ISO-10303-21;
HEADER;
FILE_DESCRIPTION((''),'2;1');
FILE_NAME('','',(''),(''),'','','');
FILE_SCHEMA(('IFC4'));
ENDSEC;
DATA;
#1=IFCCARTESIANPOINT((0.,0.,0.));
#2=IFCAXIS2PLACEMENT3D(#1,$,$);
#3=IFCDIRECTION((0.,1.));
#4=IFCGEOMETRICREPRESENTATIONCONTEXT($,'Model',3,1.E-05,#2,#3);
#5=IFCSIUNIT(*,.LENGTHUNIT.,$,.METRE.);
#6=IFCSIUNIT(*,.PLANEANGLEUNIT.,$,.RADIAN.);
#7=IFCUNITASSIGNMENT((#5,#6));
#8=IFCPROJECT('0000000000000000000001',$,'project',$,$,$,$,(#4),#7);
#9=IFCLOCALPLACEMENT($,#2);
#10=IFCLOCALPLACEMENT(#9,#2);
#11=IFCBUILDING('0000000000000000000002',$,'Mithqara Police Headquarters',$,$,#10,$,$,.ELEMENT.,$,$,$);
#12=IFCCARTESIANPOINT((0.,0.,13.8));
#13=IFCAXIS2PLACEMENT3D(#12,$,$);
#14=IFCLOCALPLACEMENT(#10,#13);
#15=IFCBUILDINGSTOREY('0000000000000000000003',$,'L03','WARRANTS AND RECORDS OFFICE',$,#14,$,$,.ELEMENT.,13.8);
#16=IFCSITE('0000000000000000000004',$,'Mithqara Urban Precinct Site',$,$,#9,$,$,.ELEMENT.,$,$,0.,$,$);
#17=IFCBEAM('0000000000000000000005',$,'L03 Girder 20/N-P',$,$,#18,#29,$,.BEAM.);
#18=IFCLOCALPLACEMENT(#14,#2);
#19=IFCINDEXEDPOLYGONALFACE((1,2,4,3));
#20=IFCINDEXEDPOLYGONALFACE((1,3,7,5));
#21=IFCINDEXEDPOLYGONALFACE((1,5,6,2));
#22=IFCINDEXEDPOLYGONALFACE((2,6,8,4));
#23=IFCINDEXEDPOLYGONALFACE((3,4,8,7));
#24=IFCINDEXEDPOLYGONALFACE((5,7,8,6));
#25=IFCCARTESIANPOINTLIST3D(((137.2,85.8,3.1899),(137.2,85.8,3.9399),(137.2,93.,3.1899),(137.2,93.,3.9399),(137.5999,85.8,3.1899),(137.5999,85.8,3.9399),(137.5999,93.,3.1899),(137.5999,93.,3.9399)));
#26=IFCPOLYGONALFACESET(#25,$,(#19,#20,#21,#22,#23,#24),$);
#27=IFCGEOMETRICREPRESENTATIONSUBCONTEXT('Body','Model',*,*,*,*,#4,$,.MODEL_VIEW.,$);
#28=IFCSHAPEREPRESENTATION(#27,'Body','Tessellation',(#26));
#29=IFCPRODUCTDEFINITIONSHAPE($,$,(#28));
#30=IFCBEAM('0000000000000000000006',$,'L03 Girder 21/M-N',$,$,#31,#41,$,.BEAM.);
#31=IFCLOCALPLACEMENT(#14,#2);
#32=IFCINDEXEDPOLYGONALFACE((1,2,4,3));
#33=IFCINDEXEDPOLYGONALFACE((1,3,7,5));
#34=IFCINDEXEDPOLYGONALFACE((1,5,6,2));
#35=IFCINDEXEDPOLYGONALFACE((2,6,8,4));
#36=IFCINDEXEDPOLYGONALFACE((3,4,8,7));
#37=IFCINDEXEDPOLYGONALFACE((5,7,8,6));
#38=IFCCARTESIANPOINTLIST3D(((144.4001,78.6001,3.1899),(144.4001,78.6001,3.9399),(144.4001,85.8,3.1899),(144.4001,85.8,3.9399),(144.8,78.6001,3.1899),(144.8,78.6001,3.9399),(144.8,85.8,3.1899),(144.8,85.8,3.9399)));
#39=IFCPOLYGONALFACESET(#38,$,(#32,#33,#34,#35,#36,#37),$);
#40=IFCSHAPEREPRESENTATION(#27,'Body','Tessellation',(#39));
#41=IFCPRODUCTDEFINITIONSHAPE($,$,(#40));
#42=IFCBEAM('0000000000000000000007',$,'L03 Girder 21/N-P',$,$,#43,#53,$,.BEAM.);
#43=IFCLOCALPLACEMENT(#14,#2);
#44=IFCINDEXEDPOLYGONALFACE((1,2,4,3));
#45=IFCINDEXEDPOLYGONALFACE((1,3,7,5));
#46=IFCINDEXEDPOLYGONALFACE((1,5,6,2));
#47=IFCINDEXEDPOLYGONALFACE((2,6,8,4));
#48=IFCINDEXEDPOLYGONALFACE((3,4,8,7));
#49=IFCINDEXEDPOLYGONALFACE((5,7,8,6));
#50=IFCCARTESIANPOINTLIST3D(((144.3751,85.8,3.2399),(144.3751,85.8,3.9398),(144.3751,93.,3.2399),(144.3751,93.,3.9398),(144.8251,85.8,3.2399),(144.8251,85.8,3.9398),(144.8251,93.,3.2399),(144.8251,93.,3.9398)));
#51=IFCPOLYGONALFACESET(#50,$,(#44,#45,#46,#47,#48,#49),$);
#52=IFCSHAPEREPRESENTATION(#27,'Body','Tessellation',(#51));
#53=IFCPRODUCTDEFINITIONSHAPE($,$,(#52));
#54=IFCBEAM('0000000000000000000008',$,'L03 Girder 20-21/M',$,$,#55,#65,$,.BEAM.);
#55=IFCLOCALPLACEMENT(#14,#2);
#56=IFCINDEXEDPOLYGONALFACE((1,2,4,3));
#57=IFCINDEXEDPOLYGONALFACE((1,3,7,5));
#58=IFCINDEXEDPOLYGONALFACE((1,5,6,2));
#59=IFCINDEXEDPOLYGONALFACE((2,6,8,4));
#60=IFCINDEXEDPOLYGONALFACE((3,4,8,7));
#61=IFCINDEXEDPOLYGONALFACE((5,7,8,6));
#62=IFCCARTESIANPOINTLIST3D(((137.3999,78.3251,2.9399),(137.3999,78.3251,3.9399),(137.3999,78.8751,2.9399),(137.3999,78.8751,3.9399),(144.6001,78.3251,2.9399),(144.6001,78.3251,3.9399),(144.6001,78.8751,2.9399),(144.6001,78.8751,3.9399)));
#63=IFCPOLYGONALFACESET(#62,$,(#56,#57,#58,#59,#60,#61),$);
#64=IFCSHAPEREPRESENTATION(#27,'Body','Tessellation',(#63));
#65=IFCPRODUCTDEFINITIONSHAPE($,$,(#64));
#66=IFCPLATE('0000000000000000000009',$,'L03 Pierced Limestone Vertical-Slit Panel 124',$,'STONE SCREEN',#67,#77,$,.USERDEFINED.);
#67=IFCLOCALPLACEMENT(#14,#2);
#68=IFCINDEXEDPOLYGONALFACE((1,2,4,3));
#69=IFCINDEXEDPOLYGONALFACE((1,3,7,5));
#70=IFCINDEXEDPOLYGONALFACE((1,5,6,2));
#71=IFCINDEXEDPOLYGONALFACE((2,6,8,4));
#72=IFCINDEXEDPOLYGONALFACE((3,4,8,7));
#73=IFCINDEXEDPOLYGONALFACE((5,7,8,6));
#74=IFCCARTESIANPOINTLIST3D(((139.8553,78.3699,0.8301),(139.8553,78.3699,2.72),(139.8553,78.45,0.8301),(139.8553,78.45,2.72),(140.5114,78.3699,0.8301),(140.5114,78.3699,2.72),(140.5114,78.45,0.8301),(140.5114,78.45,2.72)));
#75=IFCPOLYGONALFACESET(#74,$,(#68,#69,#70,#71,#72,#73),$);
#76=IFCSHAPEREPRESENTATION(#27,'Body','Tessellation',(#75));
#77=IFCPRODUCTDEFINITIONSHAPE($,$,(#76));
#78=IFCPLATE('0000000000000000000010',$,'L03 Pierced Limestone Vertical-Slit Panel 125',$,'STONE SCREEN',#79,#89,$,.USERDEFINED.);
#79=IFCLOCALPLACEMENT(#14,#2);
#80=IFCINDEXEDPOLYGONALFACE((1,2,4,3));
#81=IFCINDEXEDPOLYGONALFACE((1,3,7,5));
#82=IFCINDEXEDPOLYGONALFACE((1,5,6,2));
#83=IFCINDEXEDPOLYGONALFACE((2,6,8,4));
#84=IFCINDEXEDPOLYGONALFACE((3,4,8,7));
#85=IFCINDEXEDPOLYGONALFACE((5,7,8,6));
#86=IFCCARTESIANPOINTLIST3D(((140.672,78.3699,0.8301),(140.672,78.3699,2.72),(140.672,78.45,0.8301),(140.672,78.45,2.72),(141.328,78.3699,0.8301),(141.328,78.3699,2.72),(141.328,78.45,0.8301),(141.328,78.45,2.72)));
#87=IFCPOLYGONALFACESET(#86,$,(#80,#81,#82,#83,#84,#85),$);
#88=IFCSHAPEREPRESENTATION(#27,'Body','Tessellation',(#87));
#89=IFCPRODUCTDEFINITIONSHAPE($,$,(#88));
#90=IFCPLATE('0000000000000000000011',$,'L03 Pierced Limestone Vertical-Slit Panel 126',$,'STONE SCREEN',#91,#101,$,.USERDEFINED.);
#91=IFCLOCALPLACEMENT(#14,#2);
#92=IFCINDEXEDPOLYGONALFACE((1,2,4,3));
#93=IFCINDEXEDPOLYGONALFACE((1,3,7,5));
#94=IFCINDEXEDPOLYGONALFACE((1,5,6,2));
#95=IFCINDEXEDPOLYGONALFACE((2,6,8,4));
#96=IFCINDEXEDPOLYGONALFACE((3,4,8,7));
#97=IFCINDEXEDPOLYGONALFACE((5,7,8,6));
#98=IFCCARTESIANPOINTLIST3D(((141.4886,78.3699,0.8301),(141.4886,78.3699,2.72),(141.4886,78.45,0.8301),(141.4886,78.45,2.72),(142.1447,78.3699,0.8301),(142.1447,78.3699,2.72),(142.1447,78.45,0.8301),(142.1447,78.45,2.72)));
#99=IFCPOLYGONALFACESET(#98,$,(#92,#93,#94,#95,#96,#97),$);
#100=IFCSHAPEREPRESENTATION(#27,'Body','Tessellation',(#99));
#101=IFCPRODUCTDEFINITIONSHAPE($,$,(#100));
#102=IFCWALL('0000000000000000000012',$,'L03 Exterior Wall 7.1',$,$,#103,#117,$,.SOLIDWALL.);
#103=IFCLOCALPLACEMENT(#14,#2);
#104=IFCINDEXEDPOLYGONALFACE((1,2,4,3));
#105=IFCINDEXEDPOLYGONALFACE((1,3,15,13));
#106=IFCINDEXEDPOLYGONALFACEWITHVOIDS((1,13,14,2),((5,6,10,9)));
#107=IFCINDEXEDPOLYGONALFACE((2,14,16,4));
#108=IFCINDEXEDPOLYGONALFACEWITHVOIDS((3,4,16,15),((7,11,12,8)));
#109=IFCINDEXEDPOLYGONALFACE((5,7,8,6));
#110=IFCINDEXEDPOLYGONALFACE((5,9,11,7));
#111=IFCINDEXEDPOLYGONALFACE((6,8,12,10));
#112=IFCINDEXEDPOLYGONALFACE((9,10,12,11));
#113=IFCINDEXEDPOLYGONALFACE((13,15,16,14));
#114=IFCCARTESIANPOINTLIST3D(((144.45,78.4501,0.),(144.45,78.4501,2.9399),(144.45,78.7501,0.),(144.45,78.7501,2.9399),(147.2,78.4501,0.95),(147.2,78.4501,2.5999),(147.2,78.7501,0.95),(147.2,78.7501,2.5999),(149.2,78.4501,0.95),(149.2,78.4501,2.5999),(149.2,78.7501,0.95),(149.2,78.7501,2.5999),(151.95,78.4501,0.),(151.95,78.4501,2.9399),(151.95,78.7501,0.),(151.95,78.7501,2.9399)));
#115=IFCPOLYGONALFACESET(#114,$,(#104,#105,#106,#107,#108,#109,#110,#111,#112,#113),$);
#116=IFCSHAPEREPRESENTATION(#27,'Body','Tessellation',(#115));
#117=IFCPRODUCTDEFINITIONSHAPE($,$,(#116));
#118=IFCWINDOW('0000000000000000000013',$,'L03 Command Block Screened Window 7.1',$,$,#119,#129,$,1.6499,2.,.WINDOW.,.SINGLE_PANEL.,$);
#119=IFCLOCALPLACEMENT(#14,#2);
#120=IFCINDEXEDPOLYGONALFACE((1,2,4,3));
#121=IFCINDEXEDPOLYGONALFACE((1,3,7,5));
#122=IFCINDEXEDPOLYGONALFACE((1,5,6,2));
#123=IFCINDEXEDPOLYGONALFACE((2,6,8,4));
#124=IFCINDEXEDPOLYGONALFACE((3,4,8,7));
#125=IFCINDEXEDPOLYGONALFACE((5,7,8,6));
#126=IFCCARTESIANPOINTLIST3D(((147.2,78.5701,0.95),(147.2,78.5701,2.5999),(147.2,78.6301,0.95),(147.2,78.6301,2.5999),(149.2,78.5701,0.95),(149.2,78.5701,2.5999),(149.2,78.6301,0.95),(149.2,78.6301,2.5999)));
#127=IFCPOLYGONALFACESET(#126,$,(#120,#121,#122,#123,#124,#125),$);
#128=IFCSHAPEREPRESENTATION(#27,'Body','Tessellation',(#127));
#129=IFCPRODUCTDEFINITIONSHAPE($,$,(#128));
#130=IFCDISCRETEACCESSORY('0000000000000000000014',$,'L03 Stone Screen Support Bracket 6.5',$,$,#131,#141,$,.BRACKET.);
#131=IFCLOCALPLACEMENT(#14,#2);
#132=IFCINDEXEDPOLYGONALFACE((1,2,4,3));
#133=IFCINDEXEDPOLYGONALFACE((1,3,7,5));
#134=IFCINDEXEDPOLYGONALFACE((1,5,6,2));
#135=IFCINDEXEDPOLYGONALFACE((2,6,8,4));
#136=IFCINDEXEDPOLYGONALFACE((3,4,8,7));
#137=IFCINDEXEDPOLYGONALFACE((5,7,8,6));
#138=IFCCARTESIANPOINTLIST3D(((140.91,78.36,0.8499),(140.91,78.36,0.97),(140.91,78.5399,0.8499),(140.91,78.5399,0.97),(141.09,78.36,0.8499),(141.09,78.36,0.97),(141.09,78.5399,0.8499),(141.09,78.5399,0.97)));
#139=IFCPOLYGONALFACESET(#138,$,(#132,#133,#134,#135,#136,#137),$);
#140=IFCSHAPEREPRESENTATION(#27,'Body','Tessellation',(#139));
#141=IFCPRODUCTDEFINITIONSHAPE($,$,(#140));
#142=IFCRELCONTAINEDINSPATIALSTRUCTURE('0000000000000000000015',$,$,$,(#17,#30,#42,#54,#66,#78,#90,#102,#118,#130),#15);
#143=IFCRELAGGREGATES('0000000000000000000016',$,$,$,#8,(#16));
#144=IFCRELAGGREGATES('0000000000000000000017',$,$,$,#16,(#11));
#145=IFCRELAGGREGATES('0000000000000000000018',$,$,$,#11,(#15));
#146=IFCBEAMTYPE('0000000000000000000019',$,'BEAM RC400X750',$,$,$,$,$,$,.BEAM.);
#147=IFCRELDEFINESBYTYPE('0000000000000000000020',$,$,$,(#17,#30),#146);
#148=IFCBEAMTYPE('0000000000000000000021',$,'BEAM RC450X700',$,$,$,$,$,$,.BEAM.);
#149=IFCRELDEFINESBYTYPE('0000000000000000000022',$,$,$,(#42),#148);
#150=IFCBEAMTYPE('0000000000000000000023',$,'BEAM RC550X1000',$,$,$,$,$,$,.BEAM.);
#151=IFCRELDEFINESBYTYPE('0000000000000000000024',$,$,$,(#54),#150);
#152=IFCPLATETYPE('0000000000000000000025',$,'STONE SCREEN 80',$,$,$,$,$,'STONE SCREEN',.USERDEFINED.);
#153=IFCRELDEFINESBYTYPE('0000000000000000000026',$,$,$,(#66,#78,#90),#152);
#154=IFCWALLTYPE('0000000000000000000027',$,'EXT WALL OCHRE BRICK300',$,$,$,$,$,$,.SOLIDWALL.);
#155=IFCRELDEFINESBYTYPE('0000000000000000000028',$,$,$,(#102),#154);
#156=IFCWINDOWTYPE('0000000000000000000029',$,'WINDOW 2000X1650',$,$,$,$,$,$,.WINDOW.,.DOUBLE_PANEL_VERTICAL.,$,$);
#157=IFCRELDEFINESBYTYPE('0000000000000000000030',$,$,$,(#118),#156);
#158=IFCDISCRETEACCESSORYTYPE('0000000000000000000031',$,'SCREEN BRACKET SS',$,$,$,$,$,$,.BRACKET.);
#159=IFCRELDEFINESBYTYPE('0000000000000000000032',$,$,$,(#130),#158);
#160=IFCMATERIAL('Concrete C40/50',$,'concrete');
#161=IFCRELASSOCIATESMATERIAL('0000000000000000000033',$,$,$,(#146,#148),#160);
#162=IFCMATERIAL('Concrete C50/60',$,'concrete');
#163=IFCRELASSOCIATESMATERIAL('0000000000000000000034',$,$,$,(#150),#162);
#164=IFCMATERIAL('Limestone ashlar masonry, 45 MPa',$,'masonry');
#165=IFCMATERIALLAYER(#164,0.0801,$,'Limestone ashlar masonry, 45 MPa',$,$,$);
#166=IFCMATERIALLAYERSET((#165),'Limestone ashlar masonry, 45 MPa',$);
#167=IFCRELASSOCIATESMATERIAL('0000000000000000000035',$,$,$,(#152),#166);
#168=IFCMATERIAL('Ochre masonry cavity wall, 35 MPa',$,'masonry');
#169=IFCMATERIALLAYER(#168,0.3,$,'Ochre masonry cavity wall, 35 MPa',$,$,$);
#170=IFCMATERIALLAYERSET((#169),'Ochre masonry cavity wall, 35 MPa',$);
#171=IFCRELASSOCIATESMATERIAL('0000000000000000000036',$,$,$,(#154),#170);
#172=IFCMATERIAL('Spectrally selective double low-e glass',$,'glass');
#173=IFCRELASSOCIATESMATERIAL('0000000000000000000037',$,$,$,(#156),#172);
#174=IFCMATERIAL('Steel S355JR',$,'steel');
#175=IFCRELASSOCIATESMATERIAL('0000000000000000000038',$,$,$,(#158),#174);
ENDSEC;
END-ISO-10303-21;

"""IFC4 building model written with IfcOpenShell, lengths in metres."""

from ifc_helpers import new_model, si_unit, direction, frame, frame_2d, origin, origin_2d, place, context, subcontext, project, spatial, rectangle, extrude, material, layer, layer_set, material_profile, profile_set, type_object, element, fill, save


model = new_model("IFC4")

# Units and contexts
model_context = context("Model", 3, precision=1e-05, world=origin(), true_north=direction((0.0, 1.0)))
body_context = subcontext(model_context, "Body", "Model", "MODEL_VIEW")
ifc_project = project(units=[si_unit("LENGTHUNIT", "METRE"), si_unit("PLANEANGLEUNIT", "RADIAN")], contexts=[model_context])

# Site, building, storey
site_placement = place(None, origin())
site = spatial("IfcSite", under=ifc_project, at=site_placement, Name="Mithqara Urban Precinct Site", CompositionType="ELEMENT", RefElevation=0.0)
building_placement = place(site_placement, origin())
building = spatial("IfcBuilding", under=site, at=building_placement, Name="Mithqara Police Headquarters", CompositionType="ELEMENT")
storey_placement = place(building_placement, frame((0.0, 0.0, 13.8)))
storey = spatial("IfcBuildingStorey", under=building, at=storey_placement, Name="L03", Description="WARRANTS AND RECORDS OFFICE", CompositionType="ELEMENT", Elevation=13.8)

# Shared definitions
ifc_material_1 = material(Name="Concrete C50/60", Category="concrete")

# Beams
ifc_material_2 = material(Name="Steel S355JR", Category="steel")
ifc_material_3 = material(Name="Concrete C40/50", Category="concrete")
ifc_material_profile_1 = material_profile(ifc_material_3, rectangle(XDim=0.3999, YDim=0.75, at=origin_2d()), Name="RC 400x750")
ifc_profile_set_1 = profile_set([ifc_material_profile_1], Name="Concrete C40/50")
beam_type_1 = type_object("IfcBeamType", Name="BEAM RC400X750", PredefinedType="BEAM", material=ifc_profile_set_1)
for number, where, z_axis, x_axis, name in (
    (1, (137.3999, 85.8, 3.5649), (0.0, 1.0, 0.0), (-1.0, 0.0, 0.0), "L03 Girder 20/N-P"),
    (2, (144.6001, 78.6001, 3.5649), (0.0, 1.0, 0.0), (-1.0, 0.0, 0.0), "L03 Girder 21/M-N"),
):
    element("IfcBeam", number, at=place(storey_placement, frame(where, z_axis=z_axis, x_axis=x_axis)), inside=storey, type_object=beam_type_1, Name=name, PredefinedType="BEAM", context=body_context, shape_type="SweptSolid", body=[
        extrude(rectangle(XDim=0.3999, YDim=0.75, at=origin_2d()), origin(), (0.0, 0.0, 1.0), 7.2),
    ])
ifc_material_profile_2 = material_profile(ifc_material_3, rectangle(XDim=0.45, YDim=0.7, at=origin_2d()), Name="RC 450x700")
ifc_profile_set_2 = profile_set([ifc_material_profile_2], Name="Concrete C40/50")
beam_type_2 = type_object("IfcBeamType", Name="BEAM RC450X700", PredefinedType="BEAM", material=ifc_profile_set_2)
beam_1_placement = place(storey_placement, frame((144.6001, 85.8, 3.5898), z_axis=(0.0, 1.0, 0.0), x_axis=(-1.0, 0.0, 0.0)))
element("IfcBeam", 3, at=beam_1_placement, inside=storey, type_object=beam_type_2, Name="L03 Girder 21/N-P", PredefinedType="BEAM", context=body_context, shape_type="SweptSolid", body=[
    extrude(rectangle(XDim=0.45, YDim=0.7, at=origin_2d()), origin(), (0.0, 0.0, 1.0), 7.2),
])
ifc_material_profile_3 = material_profile(ifc_material_1, rectangle(XDim=0.55, YDim=1.0, at=origin_2d()), Name="RC 550x1000")
ifc_profile_set_3 = profile_set([ifc_material_profile_3], Name="Concrete C50/60")
beam_type_3 = type_object("IfcBeamType", Name="BEAM RC550X1000", PredefinedType="BEAM", material=ifc_profile_set_3)
beam_2_placement = place(storey_placement, frame((137.3999, 78.6001, 3.4399), z_axis=(1.0, 0.0, 0.0), x_axis=(0.0, 1.0, 0.0)))
element("IfcBeam", 4, at=beam_2_placement, inside=storey, type_object=beam_type_3, Name="L03 Girder 20-21/M", PredefinedType="BEAM", context=body_context, shape_type="SweptSolid", body=[
    extrude(rectangle(XDim=0.55, YDim=1.0, at=origin_2d()), origin(), (0.0, 0.0, 1.0), 7.2002),
])

# Plates
ifc_material_4 = material(Name="Limestone ashlar masonry, 45 MPa", Category="masonry")
ifc_layer_1 = layer(ifc_material_4, 0.0801, Name="Limestone ashlar masonry, 45 MPa")
ifc_layer_set_1 = layer_set([ifc_layer_1], Name="Limestone ashlar masonry, 45 MPa")
plate_type = type_object("IfcPlateType", Name="STONE SCREEN 80", ElementType="STONE SCREEN", PredefinedType="USERDEFINED", material=ifc_layer_set_1)
for number, where, z_axis, x_axis, name in (
    (5, (140.1833, 78.4099, 0.8301), (0.0, 0.0, 1.0), (1.0, 0.0, 0.0), "L03 Pierced Limestone Vertical-Slit Panel 124"),
    (6, (141.0, 78.4099, 0.8301), (0.0, 0.0, 1.0), (1.0, 0.0, 0.0), "L03 Pierced Limestone Vertical-Slit Panel 125"),
    (7, (141.8167, 78.4099, 0.8301), (0.0, 0.0, 1.0), (1.0, 0.0, 0.0), "L03 Pierced Limestone Vertical-Slit Panel 126"),
):
    element("IfcPlate", number, at=place(storey_placement, frame(where, z_axis=z_axis, x_axis=x_axis)), inside=storey, type_object=plate_type, Name=name, ObjectType="STONE SCREEN", PredefinedType="USERDEFINED", context=body_context, shape_type="SweptSolid", body=[
        extrude(rectangle(XDim=0.656, YDim=0.0801, at=origin_2d()), origin(), (0.0, 0.0, 1.0), 1.8899),
    ])

# Wall, opening, window
ifc_material_5 = material(Name="Ochre masonry cavity wall, 35 MPa", Category="masonry")
ifc_layer_2 = layer(ifc_material_5, 0.3, Name="Ochre masonry cavity wall, 35 MPa")
ifc_layer_set_2 = layer_set([ifc_layer_2], Name="Ochre masonry cavity wall, 35 MPa")
wall_type = type_object("IfcWallType", Name="EXT WALL OCHRE BRICK300", PredefinedType="SOLIDWALL", material=ifc_layer_set_2)
wall_placement = place(storey_placement, frame((144.45, 78.6001, 0.0), z_axis=(0.0, 0.0, 1.0), x_axis=(1.0, 0.0, 0.0)))
wall = element("IfcWall", 8, at=wall_placement, inside=storey, type_object=wall_type, Name="L03 Exterior Wall 7.1", PredefinedType="SOLIDWALL", context=body_context, shape_type="SweptSolid", body=[
    extrude(rectangle(XDim=7.5, YDim=0.3, at=frame_2d((3.75, 0.0))), origin(), (0.0, 0.0, 1.0), 2.9399),
])
opening_placement = place(wall_placement, frame((2.75, 0.0, 0.95)))
opening = element("IfcOpeningElement", 9, at=opening_placement, cuts=wall, PredefinedType="OPENING", context=body_context, shape_type="SweptSolid", body=[
    extrude(rectangle(XDim=2.0, YDim=1.6499, at=frame_2d((1.0, 0.825))), frame((0.0, 0.1602, 0.0), z_axis=(0.0, -1.0, 0.0), x_axis=(1.0, 0.0, 0.0)), (0.0, 0.0, 1.0), 0.3201),
])
ifc_material_6 = material(Name="Spectrally selective double low-e glass", Category="glass")
window_type = type_object("IfcWindowType", Name="WINDOW 2000X1650", PartitioningType="DOUBLE_PANEL_VERTICAL", PredefinedType="WINDOW", material=ifc_material_6)
window_placement = place(opening_placement, origin())
window = element("IfcWindow", 10, at=window_placement, inside=storey, type_object=window_type, Name="L03 Command Block Screened Window 7.1", OverallHeight=1.6499, OverallWidth=2.0, PartitioningType="SINGLE_PANEL", PredefinedType="WINDOW", context=body_context, shape_type="SweptSolid", body=[
    extrude(rectangle(XDim=2.0, YDim=1.6499, at=frame_2d((1.0, 0.825))), frame((0.0, 0.03, 0.0), z_axis=(0.0, -1.0, 0.0), x_axis=(1.0, 0.0, 0.0)), (0.0, 0.0, 1.0), 0.0601),
])
fill(opening, window)

# Discrete accessory
discrete_accessory_type = type_object("IfcDiscreteAccessoryType", Name="SCREEN BRACKET SS", PredefinedType="BRACKET", material=ifc_material_2)
discrete_accessory_placement = place(storey_placement, frame((141.0, 78.45, 0.8499), z_axis=(0.0, 0.0, 1.0), x_axis=(1.0, 0.0, 0.0)))
element("IfcDiscreteAccessory", 11, at=discrete_accessory_placement, inside=storey, type_object=discrete_accessory_type, Name="L03 Stone Screen Support Bracket 6.5", PredefinedType="BRACKET", context=body_context, shape_type="SweptSolid", body=[
    extrude(rectangle(XDim=0.1799, YDim=0.1799, at=origin_2d()), origin(), (0.0, 0.0, 1.0), 0.1201),
])

save(model, "model.ifc")
